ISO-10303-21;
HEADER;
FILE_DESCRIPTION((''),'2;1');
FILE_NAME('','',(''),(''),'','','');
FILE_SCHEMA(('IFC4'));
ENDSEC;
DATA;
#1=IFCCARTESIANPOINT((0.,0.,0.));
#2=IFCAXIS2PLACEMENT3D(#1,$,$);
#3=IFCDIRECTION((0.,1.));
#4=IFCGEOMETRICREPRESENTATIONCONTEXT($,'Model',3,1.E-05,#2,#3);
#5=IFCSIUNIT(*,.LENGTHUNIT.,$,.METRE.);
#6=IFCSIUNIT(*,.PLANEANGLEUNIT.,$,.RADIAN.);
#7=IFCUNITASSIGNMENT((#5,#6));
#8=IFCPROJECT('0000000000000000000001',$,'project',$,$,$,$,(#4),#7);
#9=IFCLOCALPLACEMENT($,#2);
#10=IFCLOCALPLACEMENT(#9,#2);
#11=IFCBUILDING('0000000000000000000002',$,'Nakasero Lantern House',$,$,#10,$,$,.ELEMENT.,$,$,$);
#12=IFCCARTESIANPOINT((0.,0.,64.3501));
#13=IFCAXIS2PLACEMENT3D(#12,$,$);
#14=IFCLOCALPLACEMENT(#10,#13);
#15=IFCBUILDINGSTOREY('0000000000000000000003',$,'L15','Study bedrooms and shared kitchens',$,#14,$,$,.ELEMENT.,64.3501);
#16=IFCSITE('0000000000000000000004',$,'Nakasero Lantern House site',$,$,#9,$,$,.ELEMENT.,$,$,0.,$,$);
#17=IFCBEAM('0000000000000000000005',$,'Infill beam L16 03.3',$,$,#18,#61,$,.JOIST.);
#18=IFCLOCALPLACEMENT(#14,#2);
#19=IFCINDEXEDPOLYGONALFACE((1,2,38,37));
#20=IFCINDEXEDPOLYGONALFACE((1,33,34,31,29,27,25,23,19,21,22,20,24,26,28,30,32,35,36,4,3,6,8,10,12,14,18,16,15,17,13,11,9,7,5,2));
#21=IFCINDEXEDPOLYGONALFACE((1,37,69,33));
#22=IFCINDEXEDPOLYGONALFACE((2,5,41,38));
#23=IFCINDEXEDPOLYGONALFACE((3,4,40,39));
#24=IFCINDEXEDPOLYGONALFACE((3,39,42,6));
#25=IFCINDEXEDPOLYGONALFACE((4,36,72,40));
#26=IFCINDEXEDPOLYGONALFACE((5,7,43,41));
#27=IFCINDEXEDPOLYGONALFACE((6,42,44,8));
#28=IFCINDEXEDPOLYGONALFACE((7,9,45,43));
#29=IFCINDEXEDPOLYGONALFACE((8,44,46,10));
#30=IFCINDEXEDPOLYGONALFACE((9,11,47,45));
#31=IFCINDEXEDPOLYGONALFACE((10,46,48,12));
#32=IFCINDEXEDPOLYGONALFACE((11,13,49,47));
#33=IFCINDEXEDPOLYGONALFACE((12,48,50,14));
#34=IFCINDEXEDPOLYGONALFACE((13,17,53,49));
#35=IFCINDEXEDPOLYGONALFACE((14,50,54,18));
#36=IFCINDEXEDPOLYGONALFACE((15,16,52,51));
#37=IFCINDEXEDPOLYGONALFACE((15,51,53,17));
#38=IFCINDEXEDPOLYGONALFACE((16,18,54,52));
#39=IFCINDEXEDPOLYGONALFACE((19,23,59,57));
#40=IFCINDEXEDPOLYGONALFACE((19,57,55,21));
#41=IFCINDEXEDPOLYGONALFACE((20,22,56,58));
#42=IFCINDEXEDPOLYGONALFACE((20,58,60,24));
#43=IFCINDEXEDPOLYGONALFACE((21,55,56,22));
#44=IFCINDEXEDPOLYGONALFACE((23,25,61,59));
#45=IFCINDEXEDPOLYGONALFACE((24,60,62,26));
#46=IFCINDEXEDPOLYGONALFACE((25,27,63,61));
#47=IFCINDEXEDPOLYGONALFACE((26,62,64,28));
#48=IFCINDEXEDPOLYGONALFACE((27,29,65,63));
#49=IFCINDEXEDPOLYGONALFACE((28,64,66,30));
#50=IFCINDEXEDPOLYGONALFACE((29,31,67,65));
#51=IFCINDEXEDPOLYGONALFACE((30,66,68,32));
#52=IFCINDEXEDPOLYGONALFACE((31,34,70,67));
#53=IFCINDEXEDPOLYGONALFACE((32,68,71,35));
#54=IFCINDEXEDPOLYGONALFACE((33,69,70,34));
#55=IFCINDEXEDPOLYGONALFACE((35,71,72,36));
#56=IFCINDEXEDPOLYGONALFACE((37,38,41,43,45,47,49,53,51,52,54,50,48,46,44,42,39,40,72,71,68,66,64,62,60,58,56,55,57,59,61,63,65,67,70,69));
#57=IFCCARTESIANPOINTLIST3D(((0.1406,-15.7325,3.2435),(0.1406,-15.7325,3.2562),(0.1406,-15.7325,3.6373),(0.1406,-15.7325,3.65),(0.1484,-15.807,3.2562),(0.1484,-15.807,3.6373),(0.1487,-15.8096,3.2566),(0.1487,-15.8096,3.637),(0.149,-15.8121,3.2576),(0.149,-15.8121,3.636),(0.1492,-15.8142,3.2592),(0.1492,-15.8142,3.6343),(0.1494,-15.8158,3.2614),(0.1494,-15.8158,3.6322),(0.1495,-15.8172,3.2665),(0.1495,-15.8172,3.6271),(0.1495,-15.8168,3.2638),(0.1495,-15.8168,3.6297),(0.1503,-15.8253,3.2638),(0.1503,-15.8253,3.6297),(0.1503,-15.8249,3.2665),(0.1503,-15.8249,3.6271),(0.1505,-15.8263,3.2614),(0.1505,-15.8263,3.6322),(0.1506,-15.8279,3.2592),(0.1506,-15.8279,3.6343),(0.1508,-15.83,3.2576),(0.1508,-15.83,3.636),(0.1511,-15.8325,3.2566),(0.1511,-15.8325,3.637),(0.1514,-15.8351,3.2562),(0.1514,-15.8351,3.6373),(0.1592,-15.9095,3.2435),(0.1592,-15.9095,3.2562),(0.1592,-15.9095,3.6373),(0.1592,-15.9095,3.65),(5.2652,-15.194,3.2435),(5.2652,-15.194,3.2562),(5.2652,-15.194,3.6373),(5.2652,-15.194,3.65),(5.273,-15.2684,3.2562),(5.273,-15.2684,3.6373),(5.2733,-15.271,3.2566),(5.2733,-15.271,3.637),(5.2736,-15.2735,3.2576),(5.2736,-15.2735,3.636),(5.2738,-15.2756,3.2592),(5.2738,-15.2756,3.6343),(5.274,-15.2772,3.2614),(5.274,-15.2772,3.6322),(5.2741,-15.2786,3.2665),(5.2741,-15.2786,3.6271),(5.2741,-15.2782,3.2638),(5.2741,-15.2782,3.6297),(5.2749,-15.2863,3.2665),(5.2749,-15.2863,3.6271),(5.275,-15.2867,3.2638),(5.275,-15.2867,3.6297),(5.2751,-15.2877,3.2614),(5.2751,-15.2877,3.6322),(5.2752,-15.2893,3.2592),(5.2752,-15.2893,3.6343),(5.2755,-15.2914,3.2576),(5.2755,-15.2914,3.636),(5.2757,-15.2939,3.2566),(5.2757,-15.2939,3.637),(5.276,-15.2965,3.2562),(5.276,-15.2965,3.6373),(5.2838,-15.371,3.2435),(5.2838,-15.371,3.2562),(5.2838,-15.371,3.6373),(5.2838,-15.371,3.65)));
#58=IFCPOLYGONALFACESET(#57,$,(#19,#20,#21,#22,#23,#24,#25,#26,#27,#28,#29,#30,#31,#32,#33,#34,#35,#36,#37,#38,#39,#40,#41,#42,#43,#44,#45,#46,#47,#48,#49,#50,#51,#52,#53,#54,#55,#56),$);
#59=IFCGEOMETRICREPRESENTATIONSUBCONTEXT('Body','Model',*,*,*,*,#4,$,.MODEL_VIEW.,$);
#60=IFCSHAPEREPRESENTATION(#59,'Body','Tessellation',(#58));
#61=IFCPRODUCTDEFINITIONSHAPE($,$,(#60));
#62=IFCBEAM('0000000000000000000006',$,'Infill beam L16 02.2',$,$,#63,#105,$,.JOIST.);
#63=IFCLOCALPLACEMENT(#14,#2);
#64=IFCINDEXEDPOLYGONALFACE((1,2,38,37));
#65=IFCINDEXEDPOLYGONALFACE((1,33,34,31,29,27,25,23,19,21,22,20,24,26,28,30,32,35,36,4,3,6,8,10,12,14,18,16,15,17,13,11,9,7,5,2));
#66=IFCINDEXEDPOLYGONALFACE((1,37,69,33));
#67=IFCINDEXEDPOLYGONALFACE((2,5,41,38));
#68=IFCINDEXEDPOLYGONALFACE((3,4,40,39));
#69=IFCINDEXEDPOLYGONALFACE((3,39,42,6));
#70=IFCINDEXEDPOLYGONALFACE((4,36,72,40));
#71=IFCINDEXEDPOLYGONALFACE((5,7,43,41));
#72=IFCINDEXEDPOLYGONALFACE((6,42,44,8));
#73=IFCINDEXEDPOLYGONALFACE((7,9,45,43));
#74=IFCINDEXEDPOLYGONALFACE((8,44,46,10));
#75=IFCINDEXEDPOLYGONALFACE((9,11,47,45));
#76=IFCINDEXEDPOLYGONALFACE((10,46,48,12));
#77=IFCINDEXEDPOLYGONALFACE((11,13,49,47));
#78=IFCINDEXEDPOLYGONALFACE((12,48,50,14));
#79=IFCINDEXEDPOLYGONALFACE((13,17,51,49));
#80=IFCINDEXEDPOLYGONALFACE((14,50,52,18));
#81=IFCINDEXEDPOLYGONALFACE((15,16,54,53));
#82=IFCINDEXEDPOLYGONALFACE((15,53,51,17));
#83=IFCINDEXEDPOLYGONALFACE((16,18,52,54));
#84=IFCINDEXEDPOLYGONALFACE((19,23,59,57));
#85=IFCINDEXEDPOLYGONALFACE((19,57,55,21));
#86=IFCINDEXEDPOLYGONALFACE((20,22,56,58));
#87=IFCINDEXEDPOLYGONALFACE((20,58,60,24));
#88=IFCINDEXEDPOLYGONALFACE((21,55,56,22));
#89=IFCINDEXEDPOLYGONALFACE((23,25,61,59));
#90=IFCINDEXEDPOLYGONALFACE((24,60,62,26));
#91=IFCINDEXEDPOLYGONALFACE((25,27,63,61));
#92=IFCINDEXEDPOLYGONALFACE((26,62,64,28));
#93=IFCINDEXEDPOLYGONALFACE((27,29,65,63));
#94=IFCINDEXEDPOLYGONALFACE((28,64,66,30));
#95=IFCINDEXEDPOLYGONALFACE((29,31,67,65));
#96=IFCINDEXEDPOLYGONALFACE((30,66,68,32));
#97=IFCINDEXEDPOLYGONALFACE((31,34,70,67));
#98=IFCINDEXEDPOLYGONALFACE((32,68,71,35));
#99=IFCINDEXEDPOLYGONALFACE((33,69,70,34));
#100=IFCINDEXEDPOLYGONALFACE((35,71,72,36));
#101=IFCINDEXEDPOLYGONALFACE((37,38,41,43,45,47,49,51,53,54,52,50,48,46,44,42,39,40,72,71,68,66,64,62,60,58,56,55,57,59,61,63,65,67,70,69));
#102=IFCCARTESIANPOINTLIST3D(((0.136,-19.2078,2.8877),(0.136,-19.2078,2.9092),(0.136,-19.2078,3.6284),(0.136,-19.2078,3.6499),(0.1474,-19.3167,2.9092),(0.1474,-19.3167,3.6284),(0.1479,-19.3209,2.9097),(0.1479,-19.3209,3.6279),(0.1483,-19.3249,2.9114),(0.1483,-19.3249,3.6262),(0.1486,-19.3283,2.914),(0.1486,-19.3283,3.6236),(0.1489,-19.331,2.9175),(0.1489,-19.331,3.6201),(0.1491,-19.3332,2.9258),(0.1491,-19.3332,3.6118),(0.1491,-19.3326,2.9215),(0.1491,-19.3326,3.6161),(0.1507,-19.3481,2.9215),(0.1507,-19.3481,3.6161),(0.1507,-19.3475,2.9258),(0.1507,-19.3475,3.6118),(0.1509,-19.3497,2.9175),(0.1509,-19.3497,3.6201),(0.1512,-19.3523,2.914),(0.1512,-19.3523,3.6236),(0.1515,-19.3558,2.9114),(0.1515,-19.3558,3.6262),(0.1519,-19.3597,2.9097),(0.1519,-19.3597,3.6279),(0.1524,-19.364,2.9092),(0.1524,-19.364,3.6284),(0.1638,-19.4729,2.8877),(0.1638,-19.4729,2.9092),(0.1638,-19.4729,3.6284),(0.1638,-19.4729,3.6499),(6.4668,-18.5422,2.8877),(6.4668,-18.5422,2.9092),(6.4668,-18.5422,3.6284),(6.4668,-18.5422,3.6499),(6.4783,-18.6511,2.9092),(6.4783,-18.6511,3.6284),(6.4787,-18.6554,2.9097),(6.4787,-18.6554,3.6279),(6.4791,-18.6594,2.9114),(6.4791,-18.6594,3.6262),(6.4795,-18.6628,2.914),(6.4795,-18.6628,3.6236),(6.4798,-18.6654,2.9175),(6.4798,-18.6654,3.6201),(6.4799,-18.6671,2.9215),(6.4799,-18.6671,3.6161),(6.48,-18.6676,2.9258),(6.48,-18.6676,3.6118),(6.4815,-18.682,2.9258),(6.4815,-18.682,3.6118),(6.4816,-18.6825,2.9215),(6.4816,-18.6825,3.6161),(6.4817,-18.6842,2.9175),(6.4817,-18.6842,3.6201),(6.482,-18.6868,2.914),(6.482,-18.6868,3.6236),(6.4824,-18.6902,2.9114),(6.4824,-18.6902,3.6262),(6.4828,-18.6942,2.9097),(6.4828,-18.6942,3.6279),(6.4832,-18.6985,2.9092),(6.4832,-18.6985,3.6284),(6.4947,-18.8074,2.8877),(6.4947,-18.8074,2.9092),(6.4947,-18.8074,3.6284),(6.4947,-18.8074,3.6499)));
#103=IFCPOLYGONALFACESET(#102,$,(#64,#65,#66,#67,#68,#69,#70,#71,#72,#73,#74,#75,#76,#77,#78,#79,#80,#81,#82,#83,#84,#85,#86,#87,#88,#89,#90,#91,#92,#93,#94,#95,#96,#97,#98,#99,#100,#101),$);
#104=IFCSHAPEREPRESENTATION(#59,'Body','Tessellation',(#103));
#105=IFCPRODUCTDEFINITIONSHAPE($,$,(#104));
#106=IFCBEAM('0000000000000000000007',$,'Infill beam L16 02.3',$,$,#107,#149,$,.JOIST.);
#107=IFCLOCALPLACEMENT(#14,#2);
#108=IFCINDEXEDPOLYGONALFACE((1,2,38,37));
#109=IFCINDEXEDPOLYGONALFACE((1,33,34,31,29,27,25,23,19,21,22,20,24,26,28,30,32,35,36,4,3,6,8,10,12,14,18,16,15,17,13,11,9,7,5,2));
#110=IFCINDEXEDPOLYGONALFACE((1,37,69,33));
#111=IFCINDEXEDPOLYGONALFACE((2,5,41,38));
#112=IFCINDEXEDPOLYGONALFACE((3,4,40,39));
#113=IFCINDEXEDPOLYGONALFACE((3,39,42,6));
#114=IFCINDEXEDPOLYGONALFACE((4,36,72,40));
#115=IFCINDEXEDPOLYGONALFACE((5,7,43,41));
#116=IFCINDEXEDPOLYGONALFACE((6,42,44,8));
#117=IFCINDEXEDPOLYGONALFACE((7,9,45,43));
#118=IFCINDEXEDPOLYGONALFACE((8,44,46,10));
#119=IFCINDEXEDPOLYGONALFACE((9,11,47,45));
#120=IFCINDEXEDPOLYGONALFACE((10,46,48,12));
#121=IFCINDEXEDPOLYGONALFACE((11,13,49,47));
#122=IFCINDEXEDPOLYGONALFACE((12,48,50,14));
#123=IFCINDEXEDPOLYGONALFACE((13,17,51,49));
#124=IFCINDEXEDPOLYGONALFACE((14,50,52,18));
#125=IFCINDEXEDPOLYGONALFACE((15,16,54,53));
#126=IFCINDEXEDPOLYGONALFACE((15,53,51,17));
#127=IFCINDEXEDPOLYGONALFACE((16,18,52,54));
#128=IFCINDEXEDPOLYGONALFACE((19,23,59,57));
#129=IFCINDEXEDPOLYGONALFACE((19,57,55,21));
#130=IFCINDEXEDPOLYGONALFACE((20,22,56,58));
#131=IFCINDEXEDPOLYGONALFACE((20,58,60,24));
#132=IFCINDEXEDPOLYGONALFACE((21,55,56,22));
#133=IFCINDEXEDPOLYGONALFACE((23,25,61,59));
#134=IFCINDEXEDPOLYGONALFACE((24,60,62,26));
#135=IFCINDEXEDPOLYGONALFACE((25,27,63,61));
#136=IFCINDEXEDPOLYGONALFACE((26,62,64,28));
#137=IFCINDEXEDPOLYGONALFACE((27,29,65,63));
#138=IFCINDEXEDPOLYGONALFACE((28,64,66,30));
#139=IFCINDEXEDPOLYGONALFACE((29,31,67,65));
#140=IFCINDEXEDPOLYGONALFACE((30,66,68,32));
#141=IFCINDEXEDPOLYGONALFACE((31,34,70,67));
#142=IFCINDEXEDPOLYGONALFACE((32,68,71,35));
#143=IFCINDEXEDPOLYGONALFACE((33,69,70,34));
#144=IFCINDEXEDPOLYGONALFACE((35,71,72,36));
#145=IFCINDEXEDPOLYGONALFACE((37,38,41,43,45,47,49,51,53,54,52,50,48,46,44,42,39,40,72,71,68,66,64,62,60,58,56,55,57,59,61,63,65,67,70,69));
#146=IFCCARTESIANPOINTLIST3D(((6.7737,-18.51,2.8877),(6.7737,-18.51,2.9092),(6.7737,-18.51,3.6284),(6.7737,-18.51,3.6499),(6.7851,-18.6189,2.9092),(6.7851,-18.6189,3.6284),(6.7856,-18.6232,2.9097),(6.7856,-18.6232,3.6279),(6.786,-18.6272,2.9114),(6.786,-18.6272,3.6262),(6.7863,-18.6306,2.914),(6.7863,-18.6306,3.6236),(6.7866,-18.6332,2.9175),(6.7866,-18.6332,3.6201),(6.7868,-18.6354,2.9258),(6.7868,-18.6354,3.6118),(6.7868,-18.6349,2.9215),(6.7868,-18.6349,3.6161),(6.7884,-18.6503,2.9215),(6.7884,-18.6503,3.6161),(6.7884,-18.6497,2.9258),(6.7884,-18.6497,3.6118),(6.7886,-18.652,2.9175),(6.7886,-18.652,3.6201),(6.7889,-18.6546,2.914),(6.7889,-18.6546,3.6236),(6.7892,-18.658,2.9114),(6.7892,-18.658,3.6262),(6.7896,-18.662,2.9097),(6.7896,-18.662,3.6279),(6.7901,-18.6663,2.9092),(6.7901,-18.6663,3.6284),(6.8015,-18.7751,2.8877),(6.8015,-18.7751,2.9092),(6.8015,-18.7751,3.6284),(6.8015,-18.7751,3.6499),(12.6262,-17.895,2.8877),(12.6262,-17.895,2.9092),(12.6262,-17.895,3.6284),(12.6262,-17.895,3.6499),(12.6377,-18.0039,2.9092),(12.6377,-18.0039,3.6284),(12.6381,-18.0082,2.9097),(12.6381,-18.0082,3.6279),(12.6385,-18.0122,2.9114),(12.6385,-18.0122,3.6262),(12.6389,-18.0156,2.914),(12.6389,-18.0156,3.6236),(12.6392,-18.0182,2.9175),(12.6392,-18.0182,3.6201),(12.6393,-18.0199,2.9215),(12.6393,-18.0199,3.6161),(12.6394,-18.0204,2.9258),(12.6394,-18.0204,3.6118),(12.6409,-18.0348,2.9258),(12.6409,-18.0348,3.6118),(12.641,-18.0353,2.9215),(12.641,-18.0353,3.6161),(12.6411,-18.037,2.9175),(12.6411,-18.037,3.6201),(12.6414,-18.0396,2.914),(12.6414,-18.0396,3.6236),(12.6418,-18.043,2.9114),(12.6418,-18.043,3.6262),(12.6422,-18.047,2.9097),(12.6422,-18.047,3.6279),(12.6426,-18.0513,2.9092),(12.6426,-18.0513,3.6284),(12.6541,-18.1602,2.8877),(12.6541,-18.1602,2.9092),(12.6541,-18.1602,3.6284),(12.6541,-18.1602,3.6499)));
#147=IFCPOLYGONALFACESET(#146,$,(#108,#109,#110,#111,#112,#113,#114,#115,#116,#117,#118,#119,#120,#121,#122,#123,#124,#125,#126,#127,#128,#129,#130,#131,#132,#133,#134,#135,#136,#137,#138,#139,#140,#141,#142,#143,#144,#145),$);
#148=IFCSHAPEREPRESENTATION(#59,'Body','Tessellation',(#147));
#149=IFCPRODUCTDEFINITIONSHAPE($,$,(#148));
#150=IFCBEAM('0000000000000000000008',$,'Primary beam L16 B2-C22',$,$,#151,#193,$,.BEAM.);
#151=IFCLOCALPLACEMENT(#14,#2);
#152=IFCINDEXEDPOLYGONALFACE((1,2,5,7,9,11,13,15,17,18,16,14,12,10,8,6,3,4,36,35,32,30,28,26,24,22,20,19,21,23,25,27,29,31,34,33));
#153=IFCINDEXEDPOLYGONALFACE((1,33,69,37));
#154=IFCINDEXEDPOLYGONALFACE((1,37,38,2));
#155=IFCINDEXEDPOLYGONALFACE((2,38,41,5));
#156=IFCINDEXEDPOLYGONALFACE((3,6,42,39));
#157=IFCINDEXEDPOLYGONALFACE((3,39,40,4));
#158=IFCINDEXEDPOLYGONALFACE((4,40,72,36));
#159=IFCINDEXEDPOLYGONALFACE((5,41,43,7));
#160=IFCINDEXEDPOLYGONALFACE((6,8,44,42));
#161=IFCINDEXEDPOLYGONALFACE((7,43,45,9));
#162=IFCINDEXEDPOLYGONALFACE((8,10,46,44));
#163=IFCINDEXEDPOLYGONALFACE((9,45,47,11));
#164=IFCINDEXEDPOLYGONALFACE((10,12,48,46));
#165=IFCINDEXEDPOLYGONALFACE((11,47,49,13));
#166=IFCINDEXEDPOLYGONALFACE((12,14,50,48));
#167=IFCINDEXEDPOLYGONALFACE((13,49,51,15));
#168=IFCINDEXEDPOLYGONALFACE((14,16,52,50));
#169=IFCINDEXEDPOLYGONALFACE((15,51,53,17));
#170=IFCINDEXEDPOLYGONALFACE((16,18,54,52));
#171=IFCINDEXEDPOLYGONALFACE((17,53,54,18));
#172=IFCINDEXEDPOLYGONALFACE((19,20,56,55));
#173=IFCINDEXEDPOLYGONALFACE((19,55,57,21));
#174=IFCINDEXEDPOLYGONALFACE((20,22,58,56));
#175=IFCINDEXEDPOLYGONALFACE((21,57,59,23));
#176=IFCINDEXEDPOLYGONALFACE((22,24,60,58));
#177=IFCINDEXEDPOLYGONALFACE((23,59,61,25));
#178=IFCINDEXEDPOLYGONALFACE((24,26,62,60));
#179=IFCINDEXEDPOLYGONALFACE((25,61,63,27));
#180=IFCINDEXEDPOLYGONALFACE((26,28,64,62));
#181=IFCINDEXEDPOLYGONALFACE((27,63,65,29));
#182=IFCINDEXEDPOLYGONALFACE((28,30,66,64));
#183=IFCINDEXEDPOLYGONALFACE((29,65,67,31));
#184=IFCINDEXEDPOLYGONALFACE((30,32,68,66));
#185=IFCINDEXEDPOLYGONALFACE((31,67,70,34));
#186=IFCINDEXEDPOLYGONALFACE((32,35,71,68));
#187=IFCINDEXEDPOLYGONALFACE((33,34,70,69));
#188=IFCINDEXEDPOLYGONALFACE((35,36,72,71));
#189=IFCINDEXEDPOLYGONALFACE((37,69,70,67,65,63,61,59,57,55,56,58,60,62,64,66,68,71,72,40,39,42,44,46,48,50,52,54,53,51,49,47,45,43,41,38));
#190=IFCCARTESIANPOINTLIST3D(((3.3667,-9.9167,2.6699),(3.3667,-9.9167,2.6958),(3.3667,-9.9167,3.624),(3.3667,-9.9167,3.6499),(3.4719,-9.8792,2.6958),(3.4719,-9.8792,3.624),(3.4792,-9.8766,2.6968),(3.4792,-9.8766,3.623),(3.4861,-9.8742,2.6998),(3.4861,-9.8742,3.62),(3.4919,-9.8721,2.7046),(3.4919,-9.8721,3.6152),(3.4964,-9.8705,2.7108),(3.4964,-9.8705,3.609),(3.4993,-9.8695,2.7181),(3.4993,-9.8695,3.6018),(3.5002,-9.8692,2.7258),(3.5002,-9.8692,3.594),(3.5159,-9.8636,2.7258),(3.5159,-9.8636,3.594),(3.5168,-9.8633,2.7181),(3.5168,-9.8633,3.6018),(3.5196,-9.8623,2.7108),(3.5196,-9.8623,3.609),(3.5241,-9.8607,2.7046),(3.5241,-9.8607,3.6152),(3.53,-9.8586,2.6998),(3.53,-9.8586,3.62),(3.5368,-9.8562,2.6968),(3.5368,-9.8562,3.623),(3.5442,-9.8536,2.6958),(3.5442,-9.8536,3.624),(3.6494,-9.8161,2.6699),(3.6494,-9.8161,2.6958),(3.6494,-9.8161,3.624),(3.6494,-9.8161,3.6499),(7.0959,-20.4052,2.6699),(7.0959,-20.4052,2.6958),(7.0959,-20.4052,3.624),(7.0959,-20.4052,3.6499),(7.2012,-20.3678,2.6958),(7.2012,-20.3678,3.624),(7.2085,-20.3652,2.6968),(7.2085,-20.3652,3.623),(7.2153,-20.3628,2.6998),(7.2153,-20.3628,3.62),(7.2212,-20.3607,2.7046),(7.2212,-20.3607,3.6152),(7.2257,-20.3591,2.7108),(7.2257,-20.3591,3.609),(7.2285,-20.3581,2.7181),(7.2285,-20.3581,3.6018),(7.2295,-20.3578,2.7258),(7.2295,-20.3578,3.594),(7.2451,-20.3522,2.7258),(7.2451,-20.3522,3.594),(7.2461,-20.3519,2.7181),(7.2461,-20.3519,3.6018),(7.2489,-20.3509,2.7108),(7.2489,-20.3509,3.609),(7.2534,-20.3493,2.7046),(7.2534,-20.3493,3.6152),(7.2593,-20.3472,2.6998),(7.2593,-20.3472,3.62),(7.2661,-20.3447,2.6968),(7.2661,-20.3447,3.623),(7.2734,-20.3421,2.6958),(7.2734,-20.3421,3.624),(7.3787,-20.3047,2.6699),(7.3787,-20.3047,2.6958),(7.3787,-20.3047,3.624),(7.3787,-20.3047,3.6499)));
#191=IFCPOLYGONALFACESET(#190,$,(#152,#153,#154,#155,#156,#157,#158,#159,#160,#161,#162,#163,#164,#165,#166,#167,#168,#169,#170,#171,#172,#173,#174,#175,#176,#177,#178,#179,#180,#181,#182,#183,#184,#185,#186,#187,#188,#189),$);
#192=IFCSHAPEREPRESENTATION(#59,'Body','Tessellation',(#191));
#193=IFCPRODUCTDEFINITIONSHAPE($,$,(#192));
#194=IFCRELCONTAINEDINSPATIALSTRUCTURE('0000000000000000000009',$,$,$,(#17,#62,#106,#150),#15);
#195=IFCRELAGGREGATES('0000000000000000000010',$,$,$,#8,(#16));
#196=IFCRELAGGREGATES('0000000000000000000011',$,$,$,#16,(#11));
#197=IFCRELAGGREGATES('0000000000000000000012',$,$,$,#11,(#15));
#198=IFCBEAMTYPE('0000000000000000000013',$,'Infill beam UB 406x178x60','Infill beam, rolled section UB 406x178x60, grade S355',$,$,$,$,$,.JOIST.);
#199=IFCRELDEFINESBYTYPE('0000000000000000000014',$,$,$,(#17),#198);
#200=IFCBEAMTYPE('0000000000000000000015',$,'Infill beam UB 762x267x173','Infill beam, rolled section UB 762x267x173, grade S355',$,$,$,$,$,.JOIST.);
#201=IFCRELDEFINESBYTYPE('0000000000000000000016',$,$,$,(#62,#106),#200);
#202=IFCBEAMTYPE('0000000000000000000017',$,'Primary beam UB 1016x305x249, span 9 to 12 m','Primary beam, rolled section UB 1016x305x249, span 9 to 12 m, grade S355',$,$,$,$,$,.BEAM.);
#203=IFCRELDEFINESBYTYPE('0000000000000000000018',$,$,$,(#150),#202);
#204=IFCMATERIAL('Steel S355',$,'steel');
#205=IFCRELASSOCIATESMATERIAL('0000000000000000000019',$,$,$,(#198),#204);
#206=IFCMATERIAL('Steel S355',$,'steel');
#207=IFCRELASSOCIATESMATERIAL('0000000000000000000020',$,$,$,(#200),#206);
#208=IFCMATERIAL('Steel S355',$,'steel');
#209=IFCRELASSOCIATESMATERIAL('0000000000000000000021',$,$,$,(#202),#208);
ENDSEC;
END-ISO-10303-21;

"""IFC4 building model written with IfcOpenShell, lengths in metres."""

from ifc_helpers import new_model, si_unit, direction, frame, origin, origin_2d, place, context, subcontext, project, spatial, i_section, extrude, material, material_profile, profile_set, type_object, element, save


model = new_model("IFC4")

# Units and contexts
model_context = context("Model", 3, precision=1e-05, world=origin(), true_north=direction((0.0, 1.0)))
body_context = subcontext(model_context, "Body", "Model", "MODEL_VIEW")
ifc_project = project(units=[si_unit("LENGTHUNIT", "METRE"), si_unit("PLANEANGLEUNIT", "RADIAN")], contexts=[model_context])

# Site, building, storey
site_placement = place(None, origin())
site = spatial("IfcSite", under=ifc_project, at=site_placement, Name="Nakasero Lantern House site", CompositionType="ELEMENT", RefElevation=0.0)
building_placement = place(site_placement, origin())
building = spatial("IfcBuilding", under=site, at=building_placement, Name="Nakasero Lantern House", CompositionType="ELEMENT")
storey_placement = place(building_placement, frame((0.0, 0.0, 64.3501)))
storey = spatial("IfcBuildingStorey", under=building, at=storey_placement, Name="L15", Description="Study bedrooms and shared kitchens", CompositionType="ELEMENT", Elevation=64.3501)

# Beams
ifc_material_1 = material(Name="Steel S355", Category="steel")
ifc_material_profile_1 = material_profile(ifc_material_1, i_section(OverallWidth=0.178, OverallDepth=0.4065, WebThickness=0.0078, FlangeThickness=0.0127, FilletRadius=0.0103, at=origin_2d()), Name="UB 406x178x60")
ifc_profile_set_1 = profile_set([ifc_material_profile_1], Name="Steel S355")
beam_type_1 = type_object("IfcBeamType", Name="Infill beam UB 406x178x60", Description="Infill beam, rolled section UB 406x178x60, grade S355", PredefinedType="JOIST", material=ifc_profile_set_1)
beam_1_placement = place(storey_placement, frame((0.1499, -15.821, 3.4468), z_axis=(0.994523, 0.104522, 0.0), x_axis=(-0.104522, 0.994523, 0.0)))
element("IfcBeam", 1, at=beam_1_placement, inside=storey, type_object=beam_type_1, Name="Infill beam L16 03.3", PredefinedType="JOIST", context=body_context, shape_type="SweptSolid", body=[
    extrude(i_section(OverallWidth=0.178, OverallDepth=0.4065, WebThickness=0.0078, FlangeThickness=0.0127, FilletRadius=0.0103, at=origin_2d()), origin(), (0.0, 0.0, 1.0), 5.1528),
])
ifc_material_2 = material(Name="Steel S355", Category="steel")
ifc_material_profile_2 = material_profile(ifc_material_2, i_section(OverallWidth=0.2666, OverallDepth=0.7622, WebThickness=0.0144, FlangeThickness=0.0215, FilletRadius=0.0166, at=origin_2d()), Name="UB 762x267x173")
ifc_profile_set_2 = profile_set([ifc_material_profile_2], Name="Steel S355")
beam_type_2 = type_object("IfcBeamType", Name="Infill beam UB 762x267x173", Description="Infill beam, rolled section UB 762x267x173, grade S355", PredefinedType="JOIST", material=ifc_profile_set_2)
beam_2_placement = place(storey_placement, frame((0.1499, -19.3403, 3.2688), z_axis=(0.99452, 0.104549, 0.0), x_axis=(-0.104549, 0.99452, 0.0)))
element("IfcBeam", 2, at=beam_2_placement, inside=storey, type_object=beam_type_2, Name="Infill beam L16 02.2", PredefinedType="JOIST", context=body_context, shape_type="SweptSolid", body=[
    extrude(i_section(OverallWidth=0.2666, OverallDepth=0.7622, WebThickness=0.0144, FlangeThickness=0.0215, FilletRadius=0.0166, at=origin_2d()), origin(), (0.0, 0.0, 1.0), 6.3657),
])
beam_3_placement = place(storey_placement, frame((6.7876, -18.6426, 3.2688), z_axis=(0.994524, 0.104506, 0.0), x_axis=(-0.104506, 0.994524, 0.0)))
element("IfcBeam", 3, at=beam_3_placement, inside=storey, type_object=beam_type_2, Name="Infill beam L16 02.3", PredefinedType="JOIST", context=body_context, shape_type="SweptSolid", body=[
    extrude(i_section(OverallWidth=0.2666, OverallDepth=0.7622, WebThickness=0.0144, FlangeThickness=0.0215, FilletRadius=0.0166, at=origin_2d()), origin(), (0.0, 0.0, 1.0), 5.8848),
])
ifc_material_3 = material(Name="Steel S355", Category="steel")
ifc_material_profile_3 = material_profile(ifc_material_3, i_section(OverallWidth=0.3, OverallDepth=0.98, WebThickness=0.0166, FlangeThickness=0.0259, FilletRadius=0.03, at=origin_2d()), Name="UB 1016x305x249")
ifc_profile_set_3 = profile_set([ifc_material_profile_3], Name="Steel S355")
beam_type_3 = type_object("IfcBeamType", Name="Primary beam UB 1016x305x249, span 9 to 12 m", Description="Primary beam, rolled section UB 1016x305x249, span 9 to 12 m, grade S355", PredefinedType="BEAM", material=ifc_profile_set_3)
beam_4_placement = place(storey_placement, frame((7.2373, -20.355, 3.1599), z_axis=(-0.335009, 0.942215, 0.0), x_axis=(-0.942215, -0.335009, 0.0)))
element("IfcBeam", 4, at=beam_4_placement, inside=storey, type_object=beam_type_3, Name="Primary beam L16 B2-C22", PredefinedType="BEAM", context=body_context, shape_type="SweptSolid", body=[
    extrude(i_section(OverallWidth=0.3, OverallDepth=0.98, WebThickness=0.0166, FlangeThickness=0.0259, FilletRadius=0.03, at=origin_2d()), origin(), (0.0, 0.0, 1.0), 11.1318),
])

save(model, "model.ifc")
